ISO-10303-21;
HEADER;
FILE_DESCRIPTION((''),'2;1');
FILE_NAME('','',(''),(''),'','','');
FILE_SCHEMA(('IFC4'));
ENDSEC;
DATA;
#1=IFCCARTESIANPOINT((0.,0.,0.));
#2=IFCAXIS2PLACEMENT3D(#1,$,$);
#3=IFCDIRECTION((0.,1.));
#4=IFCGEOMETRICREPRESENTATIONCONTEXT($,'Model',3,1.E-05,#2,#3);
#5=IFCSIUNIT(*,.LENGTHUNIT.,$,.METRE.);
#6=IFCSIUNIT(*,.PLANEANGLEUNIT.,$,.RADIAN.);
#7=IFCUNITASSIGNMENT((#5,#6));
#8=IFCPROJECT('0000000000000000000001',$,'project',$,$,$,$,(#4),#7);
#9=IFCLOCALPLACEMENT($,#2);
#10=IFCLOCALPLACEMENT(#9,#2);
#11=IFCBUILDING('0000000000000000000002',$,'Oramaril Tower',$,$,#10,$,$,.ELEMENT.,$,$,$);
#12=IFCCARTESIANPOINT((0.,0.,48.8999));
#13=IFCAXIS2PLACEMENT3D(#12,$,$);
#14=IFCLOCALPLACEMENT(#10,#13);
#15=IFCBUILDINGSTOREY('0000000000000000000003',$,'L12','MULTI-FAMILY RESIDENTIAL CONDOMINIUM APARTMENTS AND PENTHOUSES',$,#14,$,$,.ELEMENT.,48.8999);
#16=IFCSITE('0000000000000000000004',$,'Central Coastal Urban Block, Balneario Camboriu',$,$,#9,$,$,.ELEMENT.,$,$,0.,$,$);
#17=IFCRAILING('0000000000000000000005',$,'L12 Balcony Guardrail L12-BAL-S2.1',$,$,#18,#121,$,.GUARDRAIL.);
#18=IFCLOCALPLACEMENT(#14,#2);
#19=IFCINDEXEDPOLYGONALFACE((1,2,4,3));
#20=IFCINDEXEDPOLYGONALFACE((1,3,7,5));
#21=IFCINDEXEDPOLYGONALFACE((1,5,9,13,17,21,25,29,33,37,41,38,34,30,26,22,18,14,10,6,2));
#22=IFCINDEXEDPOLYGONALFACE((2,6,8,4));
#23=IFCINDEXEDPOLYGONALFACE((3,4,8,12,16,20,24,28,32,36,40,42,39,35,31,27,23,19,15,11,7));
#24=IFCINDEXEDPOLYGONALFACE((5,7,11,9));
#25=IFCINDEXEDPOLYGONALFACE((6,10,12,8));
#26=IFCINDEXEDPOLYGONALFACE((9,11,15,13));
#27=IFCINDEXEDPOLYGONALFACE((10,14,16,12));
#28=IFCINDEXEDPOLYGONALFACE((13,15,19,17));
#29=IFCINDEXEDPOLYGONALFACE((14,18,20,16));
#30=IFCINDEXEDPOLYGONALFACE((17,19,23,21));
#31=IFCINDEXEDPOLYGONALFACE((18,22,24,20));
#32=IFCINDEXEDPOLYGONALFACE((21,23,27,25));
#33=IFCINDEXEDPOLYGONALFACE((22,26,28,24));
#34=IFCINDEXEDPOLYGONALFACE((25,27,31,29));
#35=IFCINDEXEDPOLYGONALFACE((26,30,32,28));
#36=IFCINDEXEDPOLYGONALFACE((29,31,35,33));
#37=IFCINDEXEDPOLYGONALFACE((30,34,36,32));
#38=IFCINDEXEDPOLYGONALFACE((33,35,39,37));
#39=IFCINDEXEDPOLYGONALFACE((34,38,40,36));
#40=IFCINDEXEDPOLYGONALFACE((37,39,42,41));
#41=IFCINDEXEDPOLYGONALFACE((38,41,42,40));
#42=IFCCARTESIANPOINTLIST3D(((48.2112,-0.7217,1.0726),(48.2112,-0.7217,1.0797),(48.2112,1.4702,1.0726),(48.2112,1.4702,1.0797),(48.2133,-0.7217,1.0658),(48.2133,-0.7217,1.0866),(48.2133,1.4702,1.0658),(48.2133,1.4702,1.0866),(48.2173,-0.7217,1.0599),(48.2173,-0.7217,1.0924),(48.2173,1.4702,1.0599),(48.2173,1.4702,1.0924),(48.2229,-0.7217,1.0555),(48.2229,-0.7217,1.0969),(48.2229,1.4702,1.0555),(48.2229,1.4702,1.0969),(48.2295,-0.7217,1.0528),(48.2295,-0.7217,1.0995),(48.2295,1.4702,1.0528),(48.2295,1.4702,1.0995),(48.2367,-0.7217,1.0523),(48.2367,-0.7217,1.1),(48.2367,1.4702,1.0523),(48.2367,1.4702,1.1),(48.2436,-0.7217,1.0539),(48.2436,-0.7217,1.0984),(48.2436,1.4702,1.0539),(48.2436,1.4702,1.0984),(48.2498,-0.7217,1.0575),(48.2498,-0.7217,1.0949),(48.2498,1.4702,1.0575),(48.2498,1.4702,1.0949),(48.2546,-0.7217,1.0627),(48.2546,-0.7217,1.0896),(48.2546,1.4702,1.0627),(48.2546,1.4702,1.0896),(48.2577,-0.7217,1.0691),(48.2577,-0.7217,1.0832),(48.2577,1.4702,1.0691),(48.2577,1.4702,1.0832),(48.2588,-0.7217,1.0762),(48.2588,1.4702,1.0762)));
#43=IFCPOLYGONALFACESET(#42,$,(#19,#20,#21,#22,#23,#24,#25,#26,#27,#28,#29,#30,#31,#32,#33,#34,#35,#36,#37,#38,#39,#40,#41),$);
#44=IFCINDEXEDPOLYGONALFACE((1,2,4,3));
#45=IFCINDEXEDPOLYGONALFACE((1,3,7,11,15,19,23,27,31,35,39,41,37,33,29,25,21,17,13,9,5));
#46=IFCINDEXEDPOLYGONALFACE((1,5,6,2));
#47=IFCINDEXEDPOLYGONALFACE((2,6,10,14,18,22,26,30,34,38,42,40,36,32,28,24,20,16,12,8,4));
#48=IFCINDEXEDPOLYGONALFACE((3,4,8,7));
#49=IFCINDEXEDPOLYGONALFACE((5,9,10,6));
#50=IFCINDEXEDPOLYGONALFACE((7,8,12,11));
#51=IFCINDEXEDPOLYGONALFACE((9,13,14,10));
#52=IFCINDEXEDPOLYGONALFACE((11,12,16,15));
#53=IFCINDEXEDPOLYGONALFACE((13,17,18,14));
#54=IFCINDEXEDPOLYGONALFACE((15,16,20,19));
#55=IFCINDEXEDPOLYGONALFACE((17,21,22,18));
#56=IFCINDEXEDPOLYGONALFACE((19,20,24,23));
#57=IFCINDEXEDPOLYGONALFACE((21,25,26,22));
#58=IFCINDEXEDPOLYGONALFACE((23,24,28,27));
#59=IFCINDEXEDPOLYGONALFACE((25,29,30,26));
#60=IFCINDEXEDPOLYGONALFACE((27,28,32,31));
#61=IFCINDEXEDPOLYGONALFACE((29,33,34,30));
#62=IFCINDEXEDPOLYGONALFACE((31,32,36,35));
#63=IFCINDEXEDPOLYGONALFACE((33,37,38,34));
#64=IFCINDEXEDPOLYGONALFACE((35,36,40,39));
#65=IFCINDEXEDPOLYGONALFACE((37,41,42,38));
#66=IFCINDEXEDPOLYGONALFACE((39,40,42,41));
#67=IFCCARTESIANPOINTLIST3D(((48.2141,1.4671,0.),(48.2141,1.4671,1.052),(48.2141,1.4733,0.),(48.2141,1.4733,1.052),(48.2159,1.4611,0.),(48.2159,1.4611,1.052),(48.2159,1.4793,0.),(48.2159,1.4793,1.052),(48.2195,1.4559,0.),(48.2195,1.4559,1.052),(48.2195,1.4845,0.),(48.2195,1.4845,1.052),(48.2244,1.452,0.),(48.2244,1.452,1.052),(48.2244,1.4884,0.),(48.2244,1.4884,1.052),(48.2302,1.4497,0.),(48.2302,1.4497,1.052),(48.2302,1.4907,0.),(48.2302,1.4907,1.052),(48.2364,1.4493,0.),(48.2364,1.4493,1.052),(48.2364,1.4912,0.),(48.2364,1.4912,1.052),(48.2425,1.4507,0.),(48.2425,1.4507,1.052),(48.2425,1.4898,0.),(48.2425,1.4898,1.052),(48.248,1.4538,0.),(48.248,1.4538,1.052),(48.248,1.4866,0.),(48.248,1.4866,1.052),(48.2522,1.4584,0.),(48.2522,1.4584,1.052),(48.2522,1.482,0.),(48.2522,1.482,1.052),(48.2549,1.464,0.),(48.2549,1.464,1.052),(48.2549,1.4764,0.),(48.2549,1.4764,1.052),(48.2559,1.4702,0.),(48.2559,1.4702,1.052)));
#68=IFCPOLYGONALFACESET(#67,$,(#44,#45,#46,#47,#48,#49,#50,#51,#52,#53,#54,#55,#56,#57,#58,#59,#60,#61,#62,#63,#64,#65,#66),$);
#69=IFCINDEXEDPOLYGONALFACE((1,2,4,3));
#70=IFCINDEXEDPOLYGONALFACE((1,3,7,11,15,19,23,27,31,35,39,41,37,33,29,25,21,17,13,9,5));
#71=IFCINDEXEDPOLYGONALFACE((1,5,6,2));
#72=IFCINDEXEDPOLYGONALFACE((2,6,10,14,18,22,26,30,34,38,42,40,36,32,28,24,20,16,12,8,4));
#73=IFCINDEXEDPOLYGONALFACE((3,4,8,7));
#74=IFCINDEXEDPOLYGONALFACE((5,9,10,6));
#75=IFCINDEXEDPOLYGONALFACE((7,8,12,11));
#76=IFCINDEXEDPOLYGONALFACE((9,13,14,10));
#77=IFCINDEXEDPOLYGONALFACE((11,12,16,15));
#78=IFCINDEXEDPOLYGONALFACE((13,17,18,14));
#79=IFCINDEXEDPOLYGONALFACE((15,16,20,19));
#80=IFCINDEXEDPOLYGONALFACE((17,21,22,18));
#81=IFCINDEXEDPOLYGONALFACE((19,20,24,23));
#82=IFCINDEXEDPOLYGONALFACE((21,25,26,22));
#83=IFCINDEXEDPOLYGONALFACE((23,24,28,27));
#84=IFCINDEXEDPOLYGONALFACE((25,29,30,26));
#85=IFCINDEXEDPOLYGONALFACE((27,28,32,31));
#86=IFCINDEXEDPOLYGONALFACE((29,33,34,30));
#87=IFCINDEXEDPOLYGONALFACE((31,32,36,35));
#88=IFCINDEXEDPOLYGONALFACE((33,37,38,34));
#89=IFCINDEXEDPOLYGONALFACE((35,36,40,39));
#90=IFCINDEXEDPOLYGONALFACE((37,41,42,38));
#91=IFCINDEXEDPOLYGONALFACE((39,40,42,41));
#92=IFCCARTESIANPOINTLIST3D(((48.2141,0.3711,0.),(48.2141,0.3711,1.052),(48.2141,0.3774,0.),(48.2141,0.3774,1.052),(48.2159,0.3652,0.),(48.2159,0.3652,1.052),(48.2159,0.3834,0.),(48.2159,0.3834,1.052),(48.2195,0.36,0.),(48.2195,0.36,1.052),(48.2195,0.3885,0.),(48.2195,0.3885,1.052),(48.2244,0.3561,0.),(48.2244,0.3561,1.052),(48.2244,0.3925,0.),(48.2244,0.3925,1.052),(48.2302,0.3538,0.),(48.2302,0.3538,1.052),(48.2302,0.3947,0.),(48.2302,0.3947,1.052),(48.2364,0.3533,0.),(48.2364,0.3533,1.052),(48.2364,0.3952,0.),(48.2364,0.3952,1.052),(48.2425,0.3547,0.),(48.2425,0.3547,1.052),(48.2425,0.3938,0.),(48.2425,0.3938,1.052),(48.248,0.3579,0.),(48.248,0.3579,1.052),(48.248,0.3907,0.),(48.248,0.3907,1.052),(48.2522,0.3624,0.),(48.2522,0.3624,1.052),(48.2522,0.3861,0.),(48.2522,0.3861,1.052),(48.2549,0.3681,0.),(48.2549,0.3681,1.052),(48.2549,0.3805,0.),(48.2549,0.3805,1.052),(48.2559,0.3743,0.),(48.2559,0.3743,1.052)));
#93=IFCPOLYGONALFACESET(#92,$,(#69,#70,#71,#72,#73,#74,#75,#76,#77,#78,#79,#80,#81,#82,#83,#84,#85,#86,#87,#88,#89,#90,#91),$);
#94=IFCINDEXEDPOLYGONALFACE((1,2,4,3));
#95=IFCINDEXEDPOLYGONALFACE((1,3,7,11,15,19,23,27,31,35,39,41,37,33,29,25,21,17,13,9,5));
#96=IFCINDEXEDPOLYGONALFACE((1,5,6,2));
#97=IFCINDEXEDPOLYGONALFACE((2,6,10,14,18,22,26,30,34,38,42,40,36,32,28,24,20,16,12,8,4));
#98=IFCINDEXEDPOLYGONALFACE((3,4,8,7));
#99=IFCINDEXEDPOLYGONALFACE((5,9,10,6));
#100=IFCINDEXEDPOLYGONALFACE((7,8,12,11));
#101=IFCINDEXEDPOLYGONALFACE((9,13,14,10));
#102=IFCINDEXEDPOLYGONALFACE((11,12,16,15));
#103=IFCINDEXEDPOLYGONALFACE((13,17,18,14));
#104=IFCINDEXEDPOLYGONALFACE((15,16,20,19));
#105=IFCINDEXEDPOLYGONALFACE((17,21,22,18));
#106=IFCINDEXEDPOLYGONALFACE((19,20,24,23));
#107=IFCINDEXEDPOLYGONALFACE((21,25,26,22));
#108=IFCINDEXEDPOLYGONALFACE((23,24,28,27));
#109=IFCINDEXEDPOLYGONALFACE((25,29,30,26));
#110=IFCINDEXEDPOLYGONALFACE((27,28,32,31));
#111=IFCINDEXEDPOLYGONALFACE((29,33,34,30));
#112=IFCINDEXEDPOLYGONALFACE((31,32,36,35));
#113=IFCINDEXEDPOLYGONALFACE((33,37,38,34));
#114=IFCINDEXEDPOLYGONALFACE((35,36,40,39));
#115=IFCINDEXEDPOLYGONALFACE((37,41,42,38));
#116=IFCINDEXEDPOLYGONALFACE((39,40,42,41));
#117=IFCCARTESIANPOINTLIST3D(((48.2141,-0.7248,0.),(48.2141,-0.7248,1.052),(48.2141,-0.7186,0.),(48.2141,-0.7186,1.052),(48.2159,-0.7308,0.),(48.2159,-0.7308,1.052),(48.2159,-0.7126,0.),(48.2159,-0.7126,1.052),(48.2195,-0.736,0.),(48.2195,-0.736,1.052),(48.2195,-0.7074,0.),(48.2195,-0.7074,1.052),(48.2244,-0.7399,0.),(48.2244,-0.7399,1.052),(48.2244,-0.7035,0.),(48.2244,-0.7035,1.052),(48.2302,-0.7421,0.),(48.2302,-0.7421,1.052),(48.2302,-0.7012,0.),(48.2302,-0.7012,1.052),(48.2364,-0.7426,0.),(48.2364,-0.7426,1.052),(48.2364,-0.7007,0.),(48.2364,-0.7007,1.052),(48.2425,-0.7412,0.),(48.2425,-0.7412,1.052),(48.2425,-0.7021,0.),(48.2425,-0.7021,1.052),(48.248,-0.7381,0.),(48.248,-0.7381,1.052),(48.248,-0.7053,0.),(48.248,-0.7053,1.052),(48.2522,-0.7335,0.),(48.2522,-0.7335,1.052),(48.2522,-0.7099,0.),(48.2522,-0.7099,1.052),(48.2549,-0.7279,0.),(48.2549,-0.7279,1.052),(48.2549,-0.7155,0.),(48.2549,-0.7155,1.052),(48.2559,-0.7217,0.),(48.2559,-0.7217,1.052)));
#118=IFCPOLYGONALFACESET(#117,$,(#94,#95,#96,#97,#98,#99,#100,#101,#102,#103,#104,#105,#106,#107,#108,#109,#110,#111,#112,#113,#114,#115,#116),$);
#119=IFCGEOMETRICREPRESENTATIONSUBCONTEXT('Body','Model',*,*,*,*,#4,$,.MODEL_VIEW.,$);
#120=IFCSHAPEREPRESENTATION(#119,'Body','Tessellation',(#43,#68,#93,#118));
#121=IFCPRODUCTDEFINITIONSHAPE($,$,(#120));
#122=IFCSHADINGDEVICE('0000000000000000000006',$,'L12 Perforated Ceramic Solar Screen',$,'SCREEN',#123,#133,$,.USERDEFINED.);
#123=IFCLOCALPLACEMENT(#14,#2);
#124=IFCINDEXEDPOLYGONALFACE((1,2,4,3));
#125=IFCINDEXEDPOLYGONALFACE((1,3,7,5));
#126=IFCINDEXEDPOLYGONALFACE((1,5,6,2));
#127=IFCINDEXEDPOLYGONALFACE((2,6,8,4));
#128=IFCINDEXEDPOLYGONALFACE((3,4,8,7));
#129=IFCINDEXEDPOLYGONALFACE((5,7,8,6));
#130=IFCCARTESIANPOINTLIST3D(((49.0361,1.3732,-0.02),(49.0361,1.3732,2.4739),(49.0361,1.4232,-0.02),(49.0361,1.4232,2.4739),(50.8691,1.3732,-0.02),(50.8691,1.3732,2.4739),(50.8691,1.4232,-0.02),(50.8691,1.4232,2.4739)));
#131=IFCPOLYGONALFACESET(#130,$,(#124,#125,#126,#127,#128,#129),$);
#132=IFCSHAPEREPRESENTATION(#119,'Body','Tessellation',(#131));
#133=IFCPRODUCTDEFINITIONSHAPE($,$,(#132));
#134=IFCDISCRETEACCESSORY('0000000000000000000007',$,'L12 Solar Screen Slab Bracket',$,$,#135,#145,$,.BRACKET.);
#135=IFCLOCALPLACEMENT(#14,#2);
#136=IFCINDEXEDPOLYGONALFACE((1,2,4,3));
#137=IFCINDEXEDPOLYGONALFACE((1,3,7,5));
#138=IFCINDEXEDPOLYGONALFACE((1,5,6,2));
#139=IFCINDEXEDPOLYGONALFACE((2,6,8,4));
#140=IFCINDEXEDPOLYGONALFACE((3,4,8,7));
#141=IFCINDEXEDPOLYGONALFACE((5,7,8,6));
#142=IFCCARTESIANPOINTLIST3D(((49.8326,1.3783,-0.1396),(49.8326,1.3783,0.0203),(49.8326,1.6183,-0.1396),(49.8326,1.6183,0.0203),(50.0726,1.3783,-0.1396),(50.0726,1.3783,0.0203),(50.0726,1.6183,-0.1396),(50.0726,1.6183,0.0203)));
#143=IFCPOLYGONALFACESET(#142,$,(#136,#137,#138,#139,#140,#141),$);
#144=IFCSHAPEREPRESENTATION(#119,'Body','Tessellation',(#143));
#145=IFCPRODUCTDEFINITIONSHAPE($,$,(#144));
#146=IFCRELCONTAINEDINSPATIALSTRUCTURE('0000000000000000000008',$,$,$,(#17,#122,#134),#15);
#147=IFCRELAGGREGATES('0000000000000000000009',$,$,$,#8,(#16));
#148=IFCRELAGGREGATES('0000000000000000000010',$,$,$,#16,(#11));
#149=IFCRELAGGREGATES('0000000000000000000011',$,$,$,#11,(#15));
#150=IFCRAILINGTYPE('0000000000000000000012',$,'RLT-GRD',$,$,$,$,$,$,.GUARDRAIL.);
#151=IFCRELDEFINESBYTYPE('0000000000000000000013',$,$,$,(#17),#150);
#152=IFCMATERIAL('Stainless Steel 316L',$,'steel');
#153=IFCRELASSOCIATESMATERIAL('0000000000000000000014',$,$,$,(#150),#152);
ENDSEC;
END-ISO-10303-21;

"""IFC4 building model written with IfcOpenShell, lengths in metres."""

from ifc_helpers import new_model, si_unit, direction, frame, origin, origin_2d, place, context, subcontext, project, spatial, rectangle, circle, extrude, material, type_object, element, save


model = new_model("IFC4")

# Units and contexts
model_context = context("Model", 3, precision=1e-05, world=origin(), true_north=direction((0.0, 1.0)))
body_context = subcontext(model_context, "Body", "Model", "MODEL_VIEW")
ifc_project = project(units=[si_unit("LENGTHUNIT", "METRE"), si_unit("PLANEANGLEUNIT", "RADIAN")], contexts=[model_context])

# Site, building, storey
site_placement = place(None, origin())
site = spatial("IfcSite", under=ifc_project, at=site_placement, Name="Central Coastal Urban Block, Balneario Camboriu", CompositionType="ELEMENT", RefElevation=0.0)
building_placement = place(site_placement, origin())
building = spatial("IfcBuilding", under=site, at=building_placement, Name="Oramaril Tower", CompositionType="ELEMENT")
storey_placement = place(building_placement, frame((0.0, 0.0, 48.8999)))
storey = spatial("IfcBuildingStorey", under=building, at=storey_placement, Name="L12", Description="MULTI-FAMILY RESIDENTIAL CONDOMINIUM APARTMENTS AND PENTHOUSES", CompositionType="ELEMENT", Elevation=48.8999)

# Railing
ifc_material_1 = material(Name="Stainless Steel 316L", Category="steel")
railing_type = type_object("IfcRailingType", Name="RLT-GRD", PredefinedType="GUARDRAIL", material=ifc_material_1)
railing_1_placement = place(storey_placement, frame((48.2349, 1.4702, 0.0)))
element("IfcRailing", 1, at=railing_1_placement, inside=storey, type_object=railing_type, Name="L12 Balcony Guardrail L12-BAL-S2.1", PredefinedType="GUARDRAIL", context=body_context, shape_type="SweptSolid", body=[
    extrude(circle(Radius=0.0239, at=origin_2d()), frame((0.0, 0.0, 1.0762), z_axis=(0.0, -1.0, 0.0), x_axis=(1.0, 0.0, 0.0)), (0.0, 0.0, 1.0), 2.1919),
    extrude(circle(Radius=0.021, at=origin_2d()), origin(), (0.0, 0.0, 1.0), 1.052),
    extrude(circle(Radius=0.021, at=origin_2d()), frame((0.0, -1.0959, 0.0)), (0.0, 0.0, 1.0), 1.052),
    extrude(circle(Radius=0.021, at=origin_2d()), frame((0.0, -2.1919, 0.0)), (0.0, 0.0, 1.0), 1.052),
])

# Shading device
shading_device_placement = place(storey_placement, frame((49.9526, 1.3982, -0.02), z_axis=(0.0, 0.0, 1.0), x_axis=(1.0, 0.0, 0.0)))
element("IfcShadingDevice", 2, at=shading_device_placement, inside=storey, Name="L12 Perforated Ceramic Solar Screen", ObjectType="SCREEN", PredefinedType="USERDEFINED", context=body_context, shape_type="SweptSolid", body=[
    extrude(rectangle(XDim=1.833, YDim=0.05, at=origin_2d()), origin(), (0.0, 0.0, 1.0), 2.4939),
])

# Discrete accessory
discrete_accessory_placement = place(storey_placement, frame((49.9526, 1.4983, -0.1396), z_axis=(0.0, 0.0, 1.0), x_axis=(1.0, 0.0, 0.0)))
element("IfcDiscreteAccessory", 3, at=discrete_accessory_placement, inside=storey, Name="L12 Solar Screen Slab Bracket", PredefinedType="BRACKET", context=body_context, shape_type="SweptSolid", body=[
    extrude(rectangle(XDim=0.24, YDim=0.24, at=origin_2d()), origin(), (0.0, 0.0, 1.0), 0.1599),
])

save(model, "model.ifc")
